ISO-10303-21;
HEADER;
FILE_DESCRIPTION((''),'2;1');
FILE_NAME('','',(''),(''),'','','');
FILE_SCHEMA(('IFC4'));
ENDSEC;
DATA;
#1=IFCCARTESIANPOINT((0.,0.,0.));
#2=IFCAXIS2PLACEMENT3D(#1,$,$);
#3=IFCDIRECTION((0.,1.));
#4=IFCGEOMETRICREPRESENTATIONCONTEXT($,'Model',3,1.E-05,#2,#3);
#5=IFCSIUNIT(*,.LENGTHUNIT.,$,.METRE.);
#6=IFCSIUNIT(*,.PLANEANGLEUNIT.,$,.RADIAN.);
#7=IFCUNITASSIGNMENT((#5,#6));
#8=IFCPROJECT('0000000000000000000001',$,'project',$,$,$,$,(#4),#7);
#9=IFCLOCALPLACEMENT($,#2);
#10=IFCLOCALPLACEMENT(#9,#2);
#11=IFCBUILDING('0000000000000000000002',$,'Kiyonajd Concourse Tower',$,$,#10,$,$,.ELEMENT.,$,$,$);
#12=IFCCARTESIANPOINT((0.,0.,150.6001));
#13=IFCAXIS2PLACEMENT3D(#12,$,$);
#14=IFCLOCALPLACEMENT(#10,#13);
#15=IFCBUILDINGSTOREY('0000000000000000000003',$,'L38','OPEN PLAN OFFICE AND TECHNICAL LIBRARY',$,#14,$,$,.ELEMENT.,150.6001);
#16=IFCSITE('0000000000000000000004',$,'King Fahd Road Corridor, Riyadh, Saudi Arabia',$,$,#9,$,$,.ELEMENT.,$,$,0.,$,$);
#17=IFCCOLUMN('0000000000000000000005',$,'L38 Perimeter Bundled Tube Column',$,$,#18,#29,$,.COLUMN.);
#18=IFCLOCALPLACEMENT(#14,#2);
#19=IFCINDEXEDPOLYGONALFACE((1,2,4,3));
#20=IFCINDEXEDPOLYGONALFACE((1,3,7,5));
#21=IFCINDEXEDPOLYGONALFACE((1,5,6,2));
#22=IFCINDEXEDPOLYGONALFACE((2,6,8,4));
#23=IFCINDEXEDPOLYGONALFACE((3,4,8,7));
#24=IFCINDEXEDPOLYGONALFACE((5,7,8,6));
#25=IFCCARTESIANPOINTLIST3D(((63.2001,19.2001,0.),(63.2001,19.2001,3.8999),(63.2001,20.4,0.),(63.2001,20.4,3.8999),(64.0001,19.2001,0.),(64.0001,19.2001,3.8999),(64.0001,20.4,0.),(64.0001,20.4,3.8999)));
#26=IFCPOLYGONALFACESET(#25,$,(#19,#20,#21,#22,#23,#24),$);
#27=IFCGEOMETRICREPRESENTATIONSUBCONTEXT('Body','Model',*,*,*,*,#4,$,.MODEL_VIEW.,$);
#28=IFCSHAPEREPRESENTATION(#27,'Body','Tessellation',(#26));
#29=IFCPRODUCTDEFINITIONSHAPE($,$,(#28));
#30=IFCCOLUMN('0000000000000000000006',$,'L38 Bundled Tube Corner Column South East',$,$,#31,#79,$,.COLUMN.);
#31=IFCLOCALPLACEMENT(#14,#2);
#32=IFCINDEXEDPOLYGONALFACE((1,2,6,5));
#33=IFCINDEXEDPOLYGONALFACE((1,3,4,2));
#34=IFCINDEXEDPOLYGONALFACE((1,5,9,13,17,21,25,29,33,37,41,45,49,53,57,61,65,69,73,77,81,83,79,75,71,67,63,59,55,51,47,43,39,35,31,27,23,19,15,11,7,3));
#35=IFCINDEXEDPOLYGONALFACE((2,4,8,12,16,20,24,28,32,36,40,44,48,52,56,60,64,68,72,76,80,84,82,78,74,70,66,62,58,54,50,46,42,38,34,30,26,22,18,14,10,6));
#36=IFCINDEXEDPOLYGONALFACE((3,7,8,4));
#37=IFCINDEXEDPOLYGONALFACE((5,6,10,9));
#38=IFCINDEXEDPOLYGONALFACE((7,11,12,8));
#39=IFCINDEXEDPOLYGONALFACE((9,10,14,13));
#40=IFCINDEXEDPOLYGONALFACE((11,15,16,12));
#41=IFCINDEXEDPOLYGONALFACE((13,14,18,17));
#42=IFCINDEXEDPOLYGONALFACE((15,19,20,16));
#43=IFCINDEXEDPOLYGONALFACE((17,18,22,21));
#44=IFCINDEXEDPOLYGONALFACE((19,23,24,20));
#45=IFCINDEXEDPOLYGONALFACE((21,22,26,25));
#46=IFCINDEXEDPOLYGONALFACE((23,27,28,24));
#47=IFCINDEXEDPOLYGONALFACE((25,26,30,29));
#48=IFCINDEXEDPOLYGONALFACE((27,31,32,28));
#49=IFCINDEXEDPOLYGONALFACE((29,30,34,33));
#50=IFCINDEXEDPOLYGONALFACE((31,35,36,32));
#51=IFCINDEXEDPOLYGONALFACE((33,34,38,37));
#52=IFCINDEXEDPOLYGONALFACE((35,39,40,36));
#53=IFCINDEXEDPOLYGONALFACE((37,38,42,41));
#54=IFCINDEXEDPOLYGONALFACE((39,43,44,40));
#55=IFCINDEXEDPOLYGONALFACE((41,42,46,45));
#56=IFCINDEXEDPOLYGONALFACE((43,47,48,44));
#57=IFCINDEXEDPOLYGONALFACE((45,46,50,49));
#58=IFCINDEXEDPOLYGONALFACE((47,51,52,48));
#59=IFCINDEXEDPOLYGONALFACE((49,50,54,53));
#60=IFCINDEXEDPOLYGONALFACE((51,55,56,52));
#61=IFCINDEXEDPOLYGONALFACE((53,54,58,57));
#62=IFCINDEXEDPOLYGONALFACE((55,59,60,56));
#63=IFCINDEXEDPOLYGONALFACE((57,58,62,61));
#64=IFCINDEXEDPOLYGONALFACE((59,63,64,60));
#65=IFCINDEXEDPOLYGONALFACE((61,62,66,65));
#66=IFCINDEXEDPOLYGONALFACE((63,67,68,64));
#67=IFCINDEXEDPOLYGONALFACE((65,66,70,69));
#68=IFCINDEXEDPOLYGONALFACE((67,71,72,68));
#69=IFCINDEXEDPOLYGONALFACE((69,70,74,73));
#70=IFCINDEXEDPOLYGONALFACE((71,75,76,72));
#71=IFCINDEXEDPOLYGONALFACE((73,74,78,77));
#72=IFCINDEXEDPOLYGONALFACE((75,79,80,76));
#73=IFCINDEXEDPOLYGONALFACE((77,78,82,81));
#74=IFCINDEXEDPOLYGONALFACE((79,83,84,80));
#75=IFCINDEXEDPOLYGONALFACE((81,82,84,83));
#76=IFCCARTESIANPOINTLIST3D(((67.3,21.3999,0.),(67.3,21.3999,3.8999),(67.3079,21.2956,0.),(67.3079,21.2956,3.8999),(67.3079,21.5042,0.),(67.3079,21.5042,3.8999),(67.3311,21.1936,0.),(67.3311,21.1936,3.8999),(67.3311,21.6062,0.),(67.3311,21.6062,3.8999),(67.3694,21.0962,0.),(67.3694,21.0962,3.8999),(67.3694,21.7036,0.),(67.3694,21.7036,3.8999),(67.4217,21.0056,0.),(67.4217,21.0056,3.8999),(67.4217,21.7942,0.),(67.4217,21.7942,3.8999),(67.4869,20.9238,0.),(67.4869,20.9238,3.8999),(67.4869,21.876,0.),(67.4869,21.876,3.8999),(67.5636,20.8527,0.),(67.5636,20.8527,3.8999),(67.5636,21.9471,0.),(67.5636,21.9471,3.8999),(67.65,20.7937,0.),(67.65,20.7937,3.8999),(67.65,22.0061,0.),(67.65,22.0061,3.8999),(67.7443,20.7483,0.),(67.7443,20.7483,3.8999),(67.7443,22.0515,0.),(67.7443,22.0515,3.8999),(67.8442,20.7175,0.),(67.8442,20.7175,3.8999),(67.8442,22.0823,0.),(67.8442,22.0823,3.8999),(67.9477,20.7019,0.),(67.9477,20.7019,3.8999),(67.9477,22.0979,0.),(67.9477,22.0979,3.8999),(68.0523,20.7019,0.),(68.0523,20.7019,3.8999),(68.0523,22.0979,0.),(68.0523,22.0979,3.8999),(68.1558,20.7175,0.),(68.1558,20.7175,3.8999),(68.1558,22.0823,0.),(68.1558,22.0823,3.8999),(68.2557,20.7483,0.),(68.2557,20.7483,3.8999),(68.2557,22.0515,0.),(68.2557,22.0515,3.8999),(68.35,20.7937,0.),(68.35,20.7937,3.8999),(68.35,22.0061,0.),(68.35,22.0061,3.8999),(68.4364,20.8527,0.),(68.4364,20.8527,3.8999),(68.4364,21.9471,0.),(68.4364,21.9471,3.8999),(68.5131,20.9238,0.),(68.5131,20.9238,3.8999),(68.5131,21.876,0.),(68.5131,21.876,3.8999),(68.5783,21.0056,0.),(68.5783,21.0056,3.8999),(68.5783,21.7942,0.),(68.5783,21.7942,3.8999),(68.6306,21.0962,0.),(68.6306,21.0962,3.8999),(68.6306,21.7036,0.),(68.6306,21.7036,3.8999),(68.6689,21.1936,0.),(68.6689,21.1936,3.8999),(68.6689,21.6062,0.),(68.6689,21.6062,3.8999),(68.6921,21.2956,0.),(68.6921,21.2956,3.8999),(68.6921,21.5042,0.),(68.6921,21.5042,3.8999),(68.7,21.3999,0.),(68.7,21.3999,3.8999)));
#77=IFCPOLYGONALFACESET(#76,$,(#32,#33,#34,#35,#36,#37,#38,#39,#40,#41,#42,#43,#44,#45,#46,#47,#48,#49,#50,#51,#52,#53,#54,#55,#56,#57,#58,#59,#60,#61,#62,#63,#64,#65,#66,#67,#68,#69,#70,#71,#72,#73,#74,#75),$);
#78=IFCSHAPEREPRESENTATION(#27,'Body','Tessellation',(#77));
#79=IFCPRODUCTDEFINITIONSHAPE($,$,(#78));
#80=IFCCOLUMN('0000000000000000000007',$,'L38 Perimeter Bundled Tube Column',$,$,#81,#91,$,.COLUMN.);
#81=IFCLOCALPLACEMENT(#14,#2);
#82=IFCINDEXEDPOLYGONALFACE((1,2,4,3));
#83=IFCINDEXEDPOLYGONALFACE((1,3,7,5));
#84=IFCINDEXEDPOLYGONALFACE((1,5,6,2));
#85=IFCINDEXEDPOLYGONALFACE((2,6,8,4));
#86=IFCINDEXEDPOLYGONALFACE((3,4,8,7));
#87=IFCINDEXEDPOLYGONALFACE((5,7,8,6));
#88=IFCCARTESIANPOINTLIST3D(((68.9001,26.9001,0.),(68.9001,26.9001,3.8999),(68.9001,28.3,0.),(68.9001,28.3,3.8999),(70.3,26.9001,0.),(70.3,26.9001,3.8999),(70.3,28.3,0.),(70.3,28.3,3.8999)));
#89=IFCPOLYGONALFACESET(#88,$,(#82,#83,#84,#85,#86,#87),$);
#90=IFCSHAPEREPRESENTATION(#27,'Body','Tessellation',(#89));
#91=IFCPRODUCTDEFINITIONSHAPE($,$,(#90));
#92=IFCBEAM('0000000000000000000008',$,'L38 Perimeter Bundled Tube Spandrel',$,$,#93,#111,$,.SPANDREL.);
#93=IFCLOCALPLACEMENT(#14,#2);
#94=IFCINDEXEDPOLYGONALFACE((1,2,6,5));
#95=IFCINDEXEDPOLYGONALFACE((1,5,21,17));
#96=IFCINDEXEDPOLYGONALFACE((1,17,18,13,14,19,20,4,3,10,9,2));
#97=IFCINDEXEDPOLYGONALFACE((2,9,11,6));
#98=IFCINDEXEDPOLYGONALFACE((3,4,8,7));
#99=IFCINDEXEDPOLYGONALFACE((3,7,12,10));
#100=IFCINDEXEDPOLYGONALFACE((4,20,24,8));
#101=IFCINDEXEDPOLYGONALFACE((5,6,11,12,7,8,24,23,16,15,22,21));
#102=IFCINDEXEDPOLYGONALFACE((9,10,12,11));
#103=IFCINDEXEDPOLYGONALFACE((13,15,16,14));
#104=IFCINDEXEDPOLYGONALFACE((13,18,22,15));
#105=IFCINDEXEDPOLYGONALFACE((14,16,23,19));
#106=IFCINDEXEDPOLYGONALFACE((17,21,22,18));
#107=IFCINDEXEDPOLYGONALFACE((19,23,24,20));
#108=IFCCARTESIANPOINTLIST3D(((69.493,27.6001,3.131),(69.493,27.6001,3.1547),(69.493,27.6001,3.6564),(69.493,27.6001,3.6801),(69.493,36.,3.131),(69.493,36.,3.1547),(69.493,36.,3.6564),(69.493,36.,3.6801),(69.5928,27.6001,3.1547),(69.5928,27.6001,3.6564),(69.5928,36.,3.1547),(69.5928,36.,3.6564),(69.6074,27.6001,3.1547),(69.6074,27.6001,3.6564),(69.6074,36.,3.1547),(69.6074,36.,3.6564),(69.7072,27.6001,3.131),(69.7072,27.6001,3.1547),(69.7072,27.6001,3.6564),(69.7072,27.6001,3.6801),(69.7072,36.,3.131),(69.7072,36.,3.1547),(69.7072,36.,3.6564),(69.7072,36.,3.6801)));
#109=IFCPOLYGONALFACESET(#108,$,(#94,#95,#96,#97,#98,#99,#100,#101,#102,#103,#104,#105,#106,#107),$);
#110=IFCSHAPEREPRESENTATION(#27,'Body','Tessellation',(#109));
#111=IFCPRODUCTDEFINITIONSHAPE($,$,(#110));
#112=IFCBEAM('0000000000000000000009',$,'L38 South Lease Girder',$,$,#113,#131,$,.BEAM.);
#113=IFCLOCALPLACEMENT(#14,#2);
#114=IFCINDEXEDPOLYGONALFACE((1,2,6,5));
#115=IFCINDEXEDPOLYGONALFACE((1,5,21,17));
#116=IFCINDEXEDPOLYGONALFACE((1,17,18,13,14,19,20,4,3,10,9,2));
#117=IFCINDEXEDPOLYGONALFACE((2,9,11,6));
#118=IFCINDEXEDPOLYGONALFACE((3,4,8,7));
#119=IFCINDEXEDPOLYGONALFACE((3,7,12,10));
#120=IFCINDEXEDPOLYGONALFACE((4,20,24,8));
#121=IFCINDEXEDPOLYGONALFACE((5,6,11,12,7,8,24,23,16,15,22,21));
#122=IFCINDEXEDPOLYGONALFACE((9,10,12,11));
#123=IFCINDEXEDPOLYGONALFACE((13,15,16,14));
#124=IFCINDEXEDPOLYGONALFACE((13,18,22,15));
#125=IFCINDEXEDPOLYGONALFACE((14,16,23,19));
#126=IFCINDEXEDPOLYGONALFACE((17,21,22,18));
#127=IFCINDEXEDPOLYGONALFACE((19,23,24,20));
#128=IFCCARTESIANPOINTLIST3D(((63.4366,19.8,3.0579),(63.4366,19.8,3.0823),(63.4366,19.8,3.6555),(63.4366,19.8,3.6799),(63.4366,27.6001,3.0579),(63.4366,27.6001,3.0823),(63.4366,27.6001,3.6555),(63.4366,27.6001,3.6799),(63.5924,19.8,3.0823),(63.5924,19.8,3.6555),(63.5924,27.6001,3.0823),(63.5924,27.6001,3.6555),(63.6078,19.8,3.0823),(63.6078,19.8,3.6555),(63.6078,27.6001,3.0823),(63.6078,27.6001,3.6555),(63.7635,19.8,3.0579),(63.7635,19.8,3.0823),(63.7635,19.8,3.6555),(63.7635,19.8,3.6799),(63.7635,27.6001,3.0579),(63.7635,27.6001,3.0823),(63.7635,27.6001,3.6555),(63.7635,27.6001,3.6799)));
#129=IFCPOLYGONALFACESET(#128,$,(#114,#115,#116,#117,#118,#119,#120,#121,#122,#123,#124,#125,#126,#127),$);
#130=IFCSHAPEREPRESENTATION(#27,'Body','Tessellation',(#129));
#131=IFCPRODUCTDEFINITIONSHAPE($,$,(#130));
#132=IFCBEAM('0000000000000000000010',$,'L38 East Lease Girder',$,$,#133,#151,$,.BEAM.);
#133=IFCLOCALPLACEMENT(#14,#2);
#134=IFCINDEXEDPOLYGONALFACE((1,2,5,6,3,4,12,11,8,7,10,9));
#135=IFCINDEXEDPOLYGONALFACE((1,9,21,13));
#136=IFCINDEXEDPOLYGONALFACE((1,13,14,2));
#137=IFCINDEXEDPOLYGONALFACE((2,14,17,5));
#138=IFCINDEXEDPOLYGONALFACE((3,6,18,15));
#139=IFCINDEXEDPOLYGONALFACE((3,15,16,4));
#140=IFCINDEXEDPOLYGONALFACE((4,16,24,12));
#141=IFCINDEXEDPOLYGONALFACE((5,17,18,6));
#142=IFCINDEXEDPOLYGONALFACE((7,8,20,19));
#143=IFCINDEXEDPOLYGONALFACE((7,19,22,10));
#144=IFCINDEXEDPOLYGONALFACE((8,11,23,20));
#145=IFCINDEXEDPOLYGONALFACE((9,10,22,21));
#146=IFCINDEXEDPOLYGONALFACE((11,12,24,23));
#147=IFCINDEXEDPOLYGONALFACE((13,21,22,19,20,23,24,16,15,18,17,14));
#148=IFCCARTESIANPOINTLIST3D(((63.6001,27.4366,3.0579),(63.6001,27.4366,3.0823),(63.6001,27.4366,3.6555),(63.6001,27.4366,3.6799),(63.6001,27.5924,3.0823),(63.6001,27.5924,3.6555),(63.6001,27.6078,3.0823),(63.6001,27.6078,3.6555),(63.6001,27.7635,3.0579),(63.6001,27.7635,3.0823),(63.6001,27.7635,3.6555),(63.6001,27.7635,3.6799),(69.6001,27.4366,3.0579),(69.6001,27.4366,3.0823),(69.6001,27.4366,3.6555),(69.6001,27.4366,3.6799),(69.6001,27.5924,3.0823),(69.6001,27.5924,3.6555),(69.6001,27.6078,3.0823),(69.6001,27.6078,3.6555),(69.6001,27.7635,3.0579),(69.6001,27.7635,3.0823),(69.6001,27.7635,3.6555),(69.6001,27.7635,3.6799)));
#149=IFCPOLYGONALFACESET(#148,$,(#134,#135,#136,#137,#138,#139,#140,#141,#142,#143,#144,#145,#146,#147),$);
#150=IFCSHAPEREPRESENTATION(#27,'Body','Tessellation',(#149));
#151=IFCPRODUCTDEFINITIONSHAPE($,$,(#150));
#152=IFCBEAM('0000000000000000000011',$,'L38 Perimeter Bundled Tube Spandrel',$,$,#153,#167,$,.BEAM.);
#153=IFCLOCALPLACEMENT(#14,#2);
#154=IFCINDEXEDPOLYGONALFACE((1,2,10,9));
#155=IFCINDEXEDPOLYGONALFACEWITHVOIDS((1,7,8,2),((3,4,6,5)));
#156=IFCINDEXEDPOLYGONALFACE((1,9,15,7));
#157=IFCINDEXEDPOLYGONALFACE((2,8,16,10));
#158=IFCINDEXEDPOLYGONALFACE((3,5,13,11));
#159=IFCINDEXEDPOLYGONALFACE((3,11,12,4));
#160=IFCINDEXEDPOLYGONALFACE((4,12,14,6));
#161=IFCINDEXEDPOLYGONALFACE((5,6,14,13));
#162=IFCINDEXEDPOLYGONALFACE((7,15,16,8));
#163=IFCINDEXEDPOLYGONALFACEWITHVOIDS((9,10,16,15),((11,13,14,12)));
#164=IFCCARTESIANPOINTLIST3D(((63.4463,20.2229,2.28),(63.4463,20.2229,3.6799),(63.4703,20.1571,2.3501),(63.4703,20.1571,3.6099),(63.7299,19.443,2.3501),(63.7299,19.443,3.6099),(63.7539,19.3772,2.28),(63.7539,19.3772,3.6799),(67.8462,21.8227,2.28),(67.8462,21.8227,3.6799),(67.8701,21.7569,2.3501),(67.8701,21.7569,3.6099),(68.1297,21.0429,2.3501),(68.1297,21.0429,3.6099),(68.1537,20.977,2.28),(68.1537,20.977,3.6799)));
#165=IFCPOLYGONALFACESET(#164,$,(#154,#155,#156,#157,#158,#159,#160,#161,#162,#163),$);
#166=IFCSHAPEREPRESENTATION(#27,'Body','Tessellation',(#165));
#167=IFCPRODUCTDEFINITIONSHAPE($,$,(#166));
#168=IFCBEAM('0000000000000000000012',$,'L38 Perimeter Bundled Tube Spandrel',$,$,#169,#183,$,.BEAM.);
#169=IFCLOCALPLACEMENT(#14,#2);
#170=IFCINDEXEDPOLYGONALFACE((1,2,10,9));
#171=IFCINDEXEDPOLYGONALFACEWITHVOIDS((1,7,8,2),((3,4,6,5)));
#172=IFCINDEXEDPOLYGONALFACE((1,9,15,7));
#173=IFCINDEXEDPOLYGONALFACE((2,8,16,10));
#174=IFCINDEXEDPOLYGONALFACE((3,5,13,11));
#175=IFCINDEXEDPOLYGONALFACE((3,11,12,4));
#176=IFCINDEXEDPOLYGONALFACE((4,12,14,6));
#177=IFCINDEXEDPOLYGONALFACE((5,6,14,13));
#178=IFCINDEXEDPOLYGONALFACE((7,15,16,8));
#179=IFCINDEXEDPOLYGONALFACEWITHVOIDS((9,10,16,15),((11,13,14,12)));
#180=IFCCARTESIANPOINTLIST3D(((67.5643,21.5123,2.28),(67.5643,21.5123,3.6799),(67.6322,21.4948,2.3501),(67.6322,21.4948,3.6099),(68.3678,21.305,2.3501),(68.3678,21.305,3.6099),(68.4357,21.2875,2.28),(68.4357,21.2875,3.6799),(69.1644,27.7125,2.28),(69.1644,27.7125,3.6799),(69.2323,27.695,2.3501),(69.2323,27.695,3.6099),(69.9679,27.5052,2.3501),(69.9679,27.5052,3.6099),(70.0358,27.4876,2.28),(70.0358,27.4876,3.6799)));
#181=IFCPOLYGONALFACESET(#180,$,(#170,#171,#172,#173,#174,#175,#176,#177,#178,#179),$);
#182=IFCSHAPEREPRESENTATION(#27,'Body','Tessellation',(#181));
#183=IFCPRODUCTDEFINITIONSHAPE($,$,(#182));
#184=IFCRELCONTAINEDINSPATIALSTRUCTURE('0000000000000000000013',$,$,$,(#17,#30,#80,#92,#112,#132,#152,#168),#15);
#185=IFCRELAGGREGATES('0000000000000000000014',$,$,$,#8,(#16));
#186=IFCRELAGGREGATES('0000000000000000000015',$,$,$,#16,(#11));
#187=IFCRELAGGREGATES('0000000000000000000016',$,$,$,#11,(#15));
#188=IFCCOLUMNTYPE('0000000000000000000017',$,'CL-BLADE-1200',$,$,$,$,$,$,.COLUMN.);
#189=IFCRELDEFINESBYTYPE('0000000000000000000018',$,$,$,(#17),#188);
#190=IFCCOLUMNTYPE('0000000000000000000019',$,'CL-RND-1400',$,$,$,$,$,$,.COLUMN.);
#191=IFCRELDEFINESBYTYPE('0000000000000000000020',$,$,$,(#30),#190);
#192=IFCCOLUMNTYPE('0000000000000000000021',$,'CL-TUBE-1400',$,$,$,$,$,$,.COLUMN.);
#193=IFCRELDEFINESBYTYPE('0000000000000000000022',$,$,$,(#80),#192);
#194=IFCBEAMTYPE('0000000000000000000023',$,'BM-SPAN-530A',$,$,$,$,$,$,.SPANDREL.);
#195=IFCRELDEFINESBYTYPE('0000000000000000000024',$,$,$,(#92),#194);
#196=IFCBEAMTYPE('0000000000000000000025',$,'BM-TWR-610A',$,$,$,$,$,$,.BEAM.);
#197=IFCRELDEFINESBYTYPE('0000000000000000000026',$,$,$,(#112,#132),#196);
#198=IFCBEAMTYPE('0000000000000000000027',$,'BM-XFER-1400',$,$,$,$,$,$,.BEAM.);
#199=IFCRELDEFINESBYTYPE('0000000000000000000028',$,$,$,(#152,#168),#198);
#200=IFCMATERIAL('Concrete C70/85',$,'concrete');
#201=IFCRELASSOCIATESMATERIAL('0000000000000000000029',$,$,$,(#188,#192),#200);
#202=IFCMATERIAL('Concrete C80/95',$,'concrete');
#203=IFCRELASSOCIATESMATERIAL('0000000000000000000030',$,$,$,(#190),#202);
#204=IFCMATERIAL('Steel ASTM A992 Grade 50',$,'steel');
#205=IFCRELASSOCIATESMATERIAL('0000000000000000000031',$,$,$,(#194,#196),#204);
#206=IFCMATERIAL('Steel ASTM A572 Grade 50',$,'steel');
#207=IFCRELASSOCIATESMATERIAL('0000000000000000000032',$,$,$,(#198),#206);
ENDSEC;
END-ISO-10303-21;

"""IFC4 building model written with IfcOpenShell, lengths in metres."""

from ifc_helpers import new_model, si_unit, direction, frame, origin, origin_2d, place, context, subcontext, project, spatial, rectangle, hollow_rectangle, circle, i_section, extrude, material, material_profile, profile_set, type_object, element, save


model = new_model("IFC4")

# Units and contexts
model_context = context("Model", 3, precision=1e-05, world=origin(), true_north=direction((0.0, 1.0)))
body_context = subcontext(model_context, "Body", "Model", "MODEL_VIEW")
ifc_project = project(units=[si_unit("LENGTHUNIT", "METRE"), si_unit("PLANEANGLEUNIT", "RADIAN")], contexts=[model_context])

# Site, building, storey
site_placement = place(None, origin())
site = spatial("IfcSite", under=ifc_project, at=site_placement, Name="King Fahd Road Corridor, Riyadh, Saudi Arabia", CompositionType="ELEMENT", RefElevation=0.0)
building_placement = place(site_placement, origin())
building = spatial("IfcBuilding", under=site, at=building_placement, Name="Kiyonajd Concourse Tower", CompositionType="ELEMENT")
storey_placement = place(building_placement, frame((0.0, 0.0, 150.6001)))
storey = spatial("IfcBuildingStorey", under=building, at=storey_placement, Name="L38", Description="OPEN PLAN OFFICE AND TECHNICAL LIBRARY", CompositionType="ELEMENT", Elevation=150.6001)

# Columns
ifc_material_1 = material(Name="Concrete C70/85", Category="concrete")
ifc_material_profile_1 = material_profile(ifc_material_1, rectangle(XDim=0.8, YDim=1.2, at=origin_2d()), Name="RC-1200x800")
ifc_profile_set_1 = profile_set([ifc_material_profile_1], Name="Concrete C70/85")
column_type_1 = type_object("IfcColumnType", Name="CL-BLADE-1200", PredefinedType="COLUMN", material=ifc_profile_set_1)
column_1_placement = place(storey_placement, frame((63.6001, 19.8, 0.0), z_axis=(0.0, 0.0, 1.0), x_axis=(1.0, 0.0, 0.0)))
element("IfcColumn", 1, at=column_1_placement, inside=storey, type_object=column_type_1, Name="L38 Perimeter Bundled Tube Column", PredefinedType="COLUMN", context=body_context, shape_type="SweptSolid", body=[
    extrude(rectangle(XDim=0.8, YDim=1.2, at=origin_2d()), origin(), (0.0, 0.0, 1.0), 3.8999),
])
ifc_material_2 = material(Name="Concrete C80/95", Category="concrete")
ifc_material_profile_2 = material_profile(ifc_material_2, circle(Radius=0.7, at=origin_2d()), Name="RCC-D1400")
ifc_profile_set_2 = profile_set([ifc_material_profile_2], Name="Concrete C80/95")
column_type_2 = type_object("IfcColumnType", Name="CL-RND-1400", PredefinedType="COLUMN", material=ifc_profile_set_2)
column_2_placement = place(storey_placement, frame((68.0, 21.3999, 0.0), z_axis=(0.0, 0.0, 1.0), x_axis=(1.0, 0.0, 0.0)))
element("IfcColumn", 2, at=column_2_placement, inside=storey, type_object=column_type_2, Name="L38 Bundled Tube Corner Column South East", PredefinedType="COLUMN", context=body_context, shape_type="SweptSolid", body=[
    extrude(circle(Radius=0.7, at=origin_2d()), origin(), (0.0, 0.0, 1.0), 3.8999),
])
ifc_material_profile_3 = material_profile(ifc_material_1, rectangle(XDim=1.3999, YDim=1.3999, at=origin_2d()), Name="RC-1400x1400")
ifc_profile_set_3 = profile_set([ifc_material_profile_3], Name="Concrete C70/85")
column_type_3 = type_object("IfcColumnType", Name="CL-TUBE-1400", PredefinedType="COLUMN", material=ifc_profile_set_3)
column_3_placement = place(storey_placement, frame((69.6001, 27.6001, 0.0), z_axis=(0.0, 0.0, 1.0), x_axis=(1.0, 0.0, 0.0)))
element("IfcColumn", 3, at=column_3_placement, inside=storey, type_object=column_type_3, Name="L38 Perimeter Bundled Tube Column", PredefinedType="COLUMN", context=body_context, shape_type="SweptSolid", body=[
    extrude(rectangle(XDim=1.3999, YDim=1.3999, at=origin_2d()), origin(), (0.0, 0.0, 1.0), 3.8999),
])

# Beams
ifc_material_3 = material(Name="Steel ASTM A992 Grade 50", Category="steel")
ifc_material_profile_4 = material_profile(ifc_material_3, i_section(OverallWidth=0.2141, OverallDepth=0.5491, WebThickness=0.0146, FlangeThickness=0.0237, at=origin_2d()), Name="W530X138")
ifc_profile_set_4 = profile_set([ifc_material_profile_4], Name="Steel ASTM A992 Grade 50")
beam_type_1 = type_object("IfcBeamType", Name="BM-SPAN-530A", PredefinedType="SPANDREL", material=ifc_profile_set_4)
beam_1_placement = place(storey_placement, frame((69.6001, 27.6001, 3.4055), z_axis=(0.0, 1.0, 0.0), x_axis=(-1.0, 0.0, 0.0)))
element("IfcBeam", 4, at=beam_1_placement, inside=storey, type_object=beam_type_1, Name="L38 Perimeter Bundled Tube Spandrel", PredefinedType="SPANDREL", context=body_context, shape_type="SweptSolid", body=[
    extrude(i_section(OverallWidth=0.2141, OverallDepth=0.5491, WebThickness=0.0146, FlangeThickness=0.0237, at=origin_2d()), origin(), (0.0, 0.0, 1.0), 8.3999),
])
ifc_material_profile_5 = material_profile(ifc_material_3, i_section(OverallWidth=0.3269, OverallDepth=0.6221, WebThickness=0.0154, FlangeThickness=0.0244, at=origin_2d()), Name="W610X195")
ifc_profile_set_5 = profile_set([ifc_material_profile_5], Name="Steel ASTM A992 Grade 50")
beam_type_2 = type_object("IfcBeamType", Name="BM-TWR-610A", PredefinedType="BEAM", material=ifc_profile_set_5)
beam_2_placement = place(storey_placement, frame((63.6001, 19.8, 3.3689), z_axis=(0.0, 1.0, 0.0), x_axis=(-1.0, 0.0, 0.0)))
element("IfcBeam", 5, at=beam_2_placement, inside=storey, type_object=beam_type_2, Name="L38 South Lease Girder", PredefinedType="BEAM", context=body_context, shape_type="SweptSolid", body=[
    extrude(i_section(OverallWidth=0.3269, OverallDepth=0.6221, WebThickness=0.0154, FlangeThickness=0.0244, at=origin_2d()), origin(), (0.0, 0.0, 1.0), 7.8),
])
beam_3_placement = place(storey_placement, frame((63.6001, 27.6001, 3.3689), z_axis=(1.0, 0.0, 0.0), x_axis=(0.0, 1.0, 0.0)))
element("IfcBeam", 6, at=beam_3_placement, inside=storey, type_object=beam_type_2, Name="L38 East Lease Girder", PredefinedType="BEAM", context=body_context, shape_type="SweptSolid", body=[
    extrude(i_section(OverallWidth=0.3269, OverallDepth=0.6221, WebThickness=0.0154, FlangeThickness=0.0244, at=origin_2d()), origin(), (0.0, 0.0, 1.0), 6.0),
])
ifc_material_4 = material(Name="Steel ASTM A572 Grade 50", Category="steel")
ifc_material_profile_6 = material_profile(ifc_material_4, hollow_rectangle(XDim=0.8999, YDim=1.3999, WallThickness=0.0701, at=origin_2d()), Name="BOX-1400x900x70")
ifc_profile_set_6 = profile_set([ifc_material_profile_6], Name="Steel ASTM A572 Grade 50")
beam_type_3 = type_object("IfcBeamType", Name="BM-XFER-1400", PredefinedType="BEAM", material=ifc_profile_set_6)
beam_4_placement = place(storey_placement, frame((63.6001, 19.8, 2.98), z_axis=(0.939801, 0.341722, 0.0), x_axis=(-0.341722, 0.939801, 0.0)))
element("IfcBeam", 7, at=beam_4_placement, inside=storey, type_object=beam_type_3, Name="L38 Perimeter Bundled Tube Spandrel", PredefinedType="BEAM", context=body_context, shape_type="SweptSolid", body=[
    extrude(hollow_rectangle(XDim=0.8999, YDim=1.3999, WallThickness=0.0701, at=origin_2d()), origin(), (0.0, 0.0, 1.0), 4.6816),
])
beam_5_placement = place(storey_placement, frame((68.0, 21.3999, 2.98), z_axis=(0.249885, 0.968276, 0.0), x_axis=(-0.968276, 0.249885, 0.0)))
element("IfcBeam", 8, at=beam_5_placement, inside=storey, type_object=beam_type_3, Name="L38 Perimeter Bundled Tube Spandrel", PredefinedType="BEAM", context=body_context, shape_type="SweptSolid", body=[
    extrude(hollow_rectangle(XDim=0.8999, YDim=1.3999, WallThickness=0.0701, at=origin_2d()), origin(), (0.0, 0.0, 1.0), 6.4033),
])

save(model, "model.ifc")
